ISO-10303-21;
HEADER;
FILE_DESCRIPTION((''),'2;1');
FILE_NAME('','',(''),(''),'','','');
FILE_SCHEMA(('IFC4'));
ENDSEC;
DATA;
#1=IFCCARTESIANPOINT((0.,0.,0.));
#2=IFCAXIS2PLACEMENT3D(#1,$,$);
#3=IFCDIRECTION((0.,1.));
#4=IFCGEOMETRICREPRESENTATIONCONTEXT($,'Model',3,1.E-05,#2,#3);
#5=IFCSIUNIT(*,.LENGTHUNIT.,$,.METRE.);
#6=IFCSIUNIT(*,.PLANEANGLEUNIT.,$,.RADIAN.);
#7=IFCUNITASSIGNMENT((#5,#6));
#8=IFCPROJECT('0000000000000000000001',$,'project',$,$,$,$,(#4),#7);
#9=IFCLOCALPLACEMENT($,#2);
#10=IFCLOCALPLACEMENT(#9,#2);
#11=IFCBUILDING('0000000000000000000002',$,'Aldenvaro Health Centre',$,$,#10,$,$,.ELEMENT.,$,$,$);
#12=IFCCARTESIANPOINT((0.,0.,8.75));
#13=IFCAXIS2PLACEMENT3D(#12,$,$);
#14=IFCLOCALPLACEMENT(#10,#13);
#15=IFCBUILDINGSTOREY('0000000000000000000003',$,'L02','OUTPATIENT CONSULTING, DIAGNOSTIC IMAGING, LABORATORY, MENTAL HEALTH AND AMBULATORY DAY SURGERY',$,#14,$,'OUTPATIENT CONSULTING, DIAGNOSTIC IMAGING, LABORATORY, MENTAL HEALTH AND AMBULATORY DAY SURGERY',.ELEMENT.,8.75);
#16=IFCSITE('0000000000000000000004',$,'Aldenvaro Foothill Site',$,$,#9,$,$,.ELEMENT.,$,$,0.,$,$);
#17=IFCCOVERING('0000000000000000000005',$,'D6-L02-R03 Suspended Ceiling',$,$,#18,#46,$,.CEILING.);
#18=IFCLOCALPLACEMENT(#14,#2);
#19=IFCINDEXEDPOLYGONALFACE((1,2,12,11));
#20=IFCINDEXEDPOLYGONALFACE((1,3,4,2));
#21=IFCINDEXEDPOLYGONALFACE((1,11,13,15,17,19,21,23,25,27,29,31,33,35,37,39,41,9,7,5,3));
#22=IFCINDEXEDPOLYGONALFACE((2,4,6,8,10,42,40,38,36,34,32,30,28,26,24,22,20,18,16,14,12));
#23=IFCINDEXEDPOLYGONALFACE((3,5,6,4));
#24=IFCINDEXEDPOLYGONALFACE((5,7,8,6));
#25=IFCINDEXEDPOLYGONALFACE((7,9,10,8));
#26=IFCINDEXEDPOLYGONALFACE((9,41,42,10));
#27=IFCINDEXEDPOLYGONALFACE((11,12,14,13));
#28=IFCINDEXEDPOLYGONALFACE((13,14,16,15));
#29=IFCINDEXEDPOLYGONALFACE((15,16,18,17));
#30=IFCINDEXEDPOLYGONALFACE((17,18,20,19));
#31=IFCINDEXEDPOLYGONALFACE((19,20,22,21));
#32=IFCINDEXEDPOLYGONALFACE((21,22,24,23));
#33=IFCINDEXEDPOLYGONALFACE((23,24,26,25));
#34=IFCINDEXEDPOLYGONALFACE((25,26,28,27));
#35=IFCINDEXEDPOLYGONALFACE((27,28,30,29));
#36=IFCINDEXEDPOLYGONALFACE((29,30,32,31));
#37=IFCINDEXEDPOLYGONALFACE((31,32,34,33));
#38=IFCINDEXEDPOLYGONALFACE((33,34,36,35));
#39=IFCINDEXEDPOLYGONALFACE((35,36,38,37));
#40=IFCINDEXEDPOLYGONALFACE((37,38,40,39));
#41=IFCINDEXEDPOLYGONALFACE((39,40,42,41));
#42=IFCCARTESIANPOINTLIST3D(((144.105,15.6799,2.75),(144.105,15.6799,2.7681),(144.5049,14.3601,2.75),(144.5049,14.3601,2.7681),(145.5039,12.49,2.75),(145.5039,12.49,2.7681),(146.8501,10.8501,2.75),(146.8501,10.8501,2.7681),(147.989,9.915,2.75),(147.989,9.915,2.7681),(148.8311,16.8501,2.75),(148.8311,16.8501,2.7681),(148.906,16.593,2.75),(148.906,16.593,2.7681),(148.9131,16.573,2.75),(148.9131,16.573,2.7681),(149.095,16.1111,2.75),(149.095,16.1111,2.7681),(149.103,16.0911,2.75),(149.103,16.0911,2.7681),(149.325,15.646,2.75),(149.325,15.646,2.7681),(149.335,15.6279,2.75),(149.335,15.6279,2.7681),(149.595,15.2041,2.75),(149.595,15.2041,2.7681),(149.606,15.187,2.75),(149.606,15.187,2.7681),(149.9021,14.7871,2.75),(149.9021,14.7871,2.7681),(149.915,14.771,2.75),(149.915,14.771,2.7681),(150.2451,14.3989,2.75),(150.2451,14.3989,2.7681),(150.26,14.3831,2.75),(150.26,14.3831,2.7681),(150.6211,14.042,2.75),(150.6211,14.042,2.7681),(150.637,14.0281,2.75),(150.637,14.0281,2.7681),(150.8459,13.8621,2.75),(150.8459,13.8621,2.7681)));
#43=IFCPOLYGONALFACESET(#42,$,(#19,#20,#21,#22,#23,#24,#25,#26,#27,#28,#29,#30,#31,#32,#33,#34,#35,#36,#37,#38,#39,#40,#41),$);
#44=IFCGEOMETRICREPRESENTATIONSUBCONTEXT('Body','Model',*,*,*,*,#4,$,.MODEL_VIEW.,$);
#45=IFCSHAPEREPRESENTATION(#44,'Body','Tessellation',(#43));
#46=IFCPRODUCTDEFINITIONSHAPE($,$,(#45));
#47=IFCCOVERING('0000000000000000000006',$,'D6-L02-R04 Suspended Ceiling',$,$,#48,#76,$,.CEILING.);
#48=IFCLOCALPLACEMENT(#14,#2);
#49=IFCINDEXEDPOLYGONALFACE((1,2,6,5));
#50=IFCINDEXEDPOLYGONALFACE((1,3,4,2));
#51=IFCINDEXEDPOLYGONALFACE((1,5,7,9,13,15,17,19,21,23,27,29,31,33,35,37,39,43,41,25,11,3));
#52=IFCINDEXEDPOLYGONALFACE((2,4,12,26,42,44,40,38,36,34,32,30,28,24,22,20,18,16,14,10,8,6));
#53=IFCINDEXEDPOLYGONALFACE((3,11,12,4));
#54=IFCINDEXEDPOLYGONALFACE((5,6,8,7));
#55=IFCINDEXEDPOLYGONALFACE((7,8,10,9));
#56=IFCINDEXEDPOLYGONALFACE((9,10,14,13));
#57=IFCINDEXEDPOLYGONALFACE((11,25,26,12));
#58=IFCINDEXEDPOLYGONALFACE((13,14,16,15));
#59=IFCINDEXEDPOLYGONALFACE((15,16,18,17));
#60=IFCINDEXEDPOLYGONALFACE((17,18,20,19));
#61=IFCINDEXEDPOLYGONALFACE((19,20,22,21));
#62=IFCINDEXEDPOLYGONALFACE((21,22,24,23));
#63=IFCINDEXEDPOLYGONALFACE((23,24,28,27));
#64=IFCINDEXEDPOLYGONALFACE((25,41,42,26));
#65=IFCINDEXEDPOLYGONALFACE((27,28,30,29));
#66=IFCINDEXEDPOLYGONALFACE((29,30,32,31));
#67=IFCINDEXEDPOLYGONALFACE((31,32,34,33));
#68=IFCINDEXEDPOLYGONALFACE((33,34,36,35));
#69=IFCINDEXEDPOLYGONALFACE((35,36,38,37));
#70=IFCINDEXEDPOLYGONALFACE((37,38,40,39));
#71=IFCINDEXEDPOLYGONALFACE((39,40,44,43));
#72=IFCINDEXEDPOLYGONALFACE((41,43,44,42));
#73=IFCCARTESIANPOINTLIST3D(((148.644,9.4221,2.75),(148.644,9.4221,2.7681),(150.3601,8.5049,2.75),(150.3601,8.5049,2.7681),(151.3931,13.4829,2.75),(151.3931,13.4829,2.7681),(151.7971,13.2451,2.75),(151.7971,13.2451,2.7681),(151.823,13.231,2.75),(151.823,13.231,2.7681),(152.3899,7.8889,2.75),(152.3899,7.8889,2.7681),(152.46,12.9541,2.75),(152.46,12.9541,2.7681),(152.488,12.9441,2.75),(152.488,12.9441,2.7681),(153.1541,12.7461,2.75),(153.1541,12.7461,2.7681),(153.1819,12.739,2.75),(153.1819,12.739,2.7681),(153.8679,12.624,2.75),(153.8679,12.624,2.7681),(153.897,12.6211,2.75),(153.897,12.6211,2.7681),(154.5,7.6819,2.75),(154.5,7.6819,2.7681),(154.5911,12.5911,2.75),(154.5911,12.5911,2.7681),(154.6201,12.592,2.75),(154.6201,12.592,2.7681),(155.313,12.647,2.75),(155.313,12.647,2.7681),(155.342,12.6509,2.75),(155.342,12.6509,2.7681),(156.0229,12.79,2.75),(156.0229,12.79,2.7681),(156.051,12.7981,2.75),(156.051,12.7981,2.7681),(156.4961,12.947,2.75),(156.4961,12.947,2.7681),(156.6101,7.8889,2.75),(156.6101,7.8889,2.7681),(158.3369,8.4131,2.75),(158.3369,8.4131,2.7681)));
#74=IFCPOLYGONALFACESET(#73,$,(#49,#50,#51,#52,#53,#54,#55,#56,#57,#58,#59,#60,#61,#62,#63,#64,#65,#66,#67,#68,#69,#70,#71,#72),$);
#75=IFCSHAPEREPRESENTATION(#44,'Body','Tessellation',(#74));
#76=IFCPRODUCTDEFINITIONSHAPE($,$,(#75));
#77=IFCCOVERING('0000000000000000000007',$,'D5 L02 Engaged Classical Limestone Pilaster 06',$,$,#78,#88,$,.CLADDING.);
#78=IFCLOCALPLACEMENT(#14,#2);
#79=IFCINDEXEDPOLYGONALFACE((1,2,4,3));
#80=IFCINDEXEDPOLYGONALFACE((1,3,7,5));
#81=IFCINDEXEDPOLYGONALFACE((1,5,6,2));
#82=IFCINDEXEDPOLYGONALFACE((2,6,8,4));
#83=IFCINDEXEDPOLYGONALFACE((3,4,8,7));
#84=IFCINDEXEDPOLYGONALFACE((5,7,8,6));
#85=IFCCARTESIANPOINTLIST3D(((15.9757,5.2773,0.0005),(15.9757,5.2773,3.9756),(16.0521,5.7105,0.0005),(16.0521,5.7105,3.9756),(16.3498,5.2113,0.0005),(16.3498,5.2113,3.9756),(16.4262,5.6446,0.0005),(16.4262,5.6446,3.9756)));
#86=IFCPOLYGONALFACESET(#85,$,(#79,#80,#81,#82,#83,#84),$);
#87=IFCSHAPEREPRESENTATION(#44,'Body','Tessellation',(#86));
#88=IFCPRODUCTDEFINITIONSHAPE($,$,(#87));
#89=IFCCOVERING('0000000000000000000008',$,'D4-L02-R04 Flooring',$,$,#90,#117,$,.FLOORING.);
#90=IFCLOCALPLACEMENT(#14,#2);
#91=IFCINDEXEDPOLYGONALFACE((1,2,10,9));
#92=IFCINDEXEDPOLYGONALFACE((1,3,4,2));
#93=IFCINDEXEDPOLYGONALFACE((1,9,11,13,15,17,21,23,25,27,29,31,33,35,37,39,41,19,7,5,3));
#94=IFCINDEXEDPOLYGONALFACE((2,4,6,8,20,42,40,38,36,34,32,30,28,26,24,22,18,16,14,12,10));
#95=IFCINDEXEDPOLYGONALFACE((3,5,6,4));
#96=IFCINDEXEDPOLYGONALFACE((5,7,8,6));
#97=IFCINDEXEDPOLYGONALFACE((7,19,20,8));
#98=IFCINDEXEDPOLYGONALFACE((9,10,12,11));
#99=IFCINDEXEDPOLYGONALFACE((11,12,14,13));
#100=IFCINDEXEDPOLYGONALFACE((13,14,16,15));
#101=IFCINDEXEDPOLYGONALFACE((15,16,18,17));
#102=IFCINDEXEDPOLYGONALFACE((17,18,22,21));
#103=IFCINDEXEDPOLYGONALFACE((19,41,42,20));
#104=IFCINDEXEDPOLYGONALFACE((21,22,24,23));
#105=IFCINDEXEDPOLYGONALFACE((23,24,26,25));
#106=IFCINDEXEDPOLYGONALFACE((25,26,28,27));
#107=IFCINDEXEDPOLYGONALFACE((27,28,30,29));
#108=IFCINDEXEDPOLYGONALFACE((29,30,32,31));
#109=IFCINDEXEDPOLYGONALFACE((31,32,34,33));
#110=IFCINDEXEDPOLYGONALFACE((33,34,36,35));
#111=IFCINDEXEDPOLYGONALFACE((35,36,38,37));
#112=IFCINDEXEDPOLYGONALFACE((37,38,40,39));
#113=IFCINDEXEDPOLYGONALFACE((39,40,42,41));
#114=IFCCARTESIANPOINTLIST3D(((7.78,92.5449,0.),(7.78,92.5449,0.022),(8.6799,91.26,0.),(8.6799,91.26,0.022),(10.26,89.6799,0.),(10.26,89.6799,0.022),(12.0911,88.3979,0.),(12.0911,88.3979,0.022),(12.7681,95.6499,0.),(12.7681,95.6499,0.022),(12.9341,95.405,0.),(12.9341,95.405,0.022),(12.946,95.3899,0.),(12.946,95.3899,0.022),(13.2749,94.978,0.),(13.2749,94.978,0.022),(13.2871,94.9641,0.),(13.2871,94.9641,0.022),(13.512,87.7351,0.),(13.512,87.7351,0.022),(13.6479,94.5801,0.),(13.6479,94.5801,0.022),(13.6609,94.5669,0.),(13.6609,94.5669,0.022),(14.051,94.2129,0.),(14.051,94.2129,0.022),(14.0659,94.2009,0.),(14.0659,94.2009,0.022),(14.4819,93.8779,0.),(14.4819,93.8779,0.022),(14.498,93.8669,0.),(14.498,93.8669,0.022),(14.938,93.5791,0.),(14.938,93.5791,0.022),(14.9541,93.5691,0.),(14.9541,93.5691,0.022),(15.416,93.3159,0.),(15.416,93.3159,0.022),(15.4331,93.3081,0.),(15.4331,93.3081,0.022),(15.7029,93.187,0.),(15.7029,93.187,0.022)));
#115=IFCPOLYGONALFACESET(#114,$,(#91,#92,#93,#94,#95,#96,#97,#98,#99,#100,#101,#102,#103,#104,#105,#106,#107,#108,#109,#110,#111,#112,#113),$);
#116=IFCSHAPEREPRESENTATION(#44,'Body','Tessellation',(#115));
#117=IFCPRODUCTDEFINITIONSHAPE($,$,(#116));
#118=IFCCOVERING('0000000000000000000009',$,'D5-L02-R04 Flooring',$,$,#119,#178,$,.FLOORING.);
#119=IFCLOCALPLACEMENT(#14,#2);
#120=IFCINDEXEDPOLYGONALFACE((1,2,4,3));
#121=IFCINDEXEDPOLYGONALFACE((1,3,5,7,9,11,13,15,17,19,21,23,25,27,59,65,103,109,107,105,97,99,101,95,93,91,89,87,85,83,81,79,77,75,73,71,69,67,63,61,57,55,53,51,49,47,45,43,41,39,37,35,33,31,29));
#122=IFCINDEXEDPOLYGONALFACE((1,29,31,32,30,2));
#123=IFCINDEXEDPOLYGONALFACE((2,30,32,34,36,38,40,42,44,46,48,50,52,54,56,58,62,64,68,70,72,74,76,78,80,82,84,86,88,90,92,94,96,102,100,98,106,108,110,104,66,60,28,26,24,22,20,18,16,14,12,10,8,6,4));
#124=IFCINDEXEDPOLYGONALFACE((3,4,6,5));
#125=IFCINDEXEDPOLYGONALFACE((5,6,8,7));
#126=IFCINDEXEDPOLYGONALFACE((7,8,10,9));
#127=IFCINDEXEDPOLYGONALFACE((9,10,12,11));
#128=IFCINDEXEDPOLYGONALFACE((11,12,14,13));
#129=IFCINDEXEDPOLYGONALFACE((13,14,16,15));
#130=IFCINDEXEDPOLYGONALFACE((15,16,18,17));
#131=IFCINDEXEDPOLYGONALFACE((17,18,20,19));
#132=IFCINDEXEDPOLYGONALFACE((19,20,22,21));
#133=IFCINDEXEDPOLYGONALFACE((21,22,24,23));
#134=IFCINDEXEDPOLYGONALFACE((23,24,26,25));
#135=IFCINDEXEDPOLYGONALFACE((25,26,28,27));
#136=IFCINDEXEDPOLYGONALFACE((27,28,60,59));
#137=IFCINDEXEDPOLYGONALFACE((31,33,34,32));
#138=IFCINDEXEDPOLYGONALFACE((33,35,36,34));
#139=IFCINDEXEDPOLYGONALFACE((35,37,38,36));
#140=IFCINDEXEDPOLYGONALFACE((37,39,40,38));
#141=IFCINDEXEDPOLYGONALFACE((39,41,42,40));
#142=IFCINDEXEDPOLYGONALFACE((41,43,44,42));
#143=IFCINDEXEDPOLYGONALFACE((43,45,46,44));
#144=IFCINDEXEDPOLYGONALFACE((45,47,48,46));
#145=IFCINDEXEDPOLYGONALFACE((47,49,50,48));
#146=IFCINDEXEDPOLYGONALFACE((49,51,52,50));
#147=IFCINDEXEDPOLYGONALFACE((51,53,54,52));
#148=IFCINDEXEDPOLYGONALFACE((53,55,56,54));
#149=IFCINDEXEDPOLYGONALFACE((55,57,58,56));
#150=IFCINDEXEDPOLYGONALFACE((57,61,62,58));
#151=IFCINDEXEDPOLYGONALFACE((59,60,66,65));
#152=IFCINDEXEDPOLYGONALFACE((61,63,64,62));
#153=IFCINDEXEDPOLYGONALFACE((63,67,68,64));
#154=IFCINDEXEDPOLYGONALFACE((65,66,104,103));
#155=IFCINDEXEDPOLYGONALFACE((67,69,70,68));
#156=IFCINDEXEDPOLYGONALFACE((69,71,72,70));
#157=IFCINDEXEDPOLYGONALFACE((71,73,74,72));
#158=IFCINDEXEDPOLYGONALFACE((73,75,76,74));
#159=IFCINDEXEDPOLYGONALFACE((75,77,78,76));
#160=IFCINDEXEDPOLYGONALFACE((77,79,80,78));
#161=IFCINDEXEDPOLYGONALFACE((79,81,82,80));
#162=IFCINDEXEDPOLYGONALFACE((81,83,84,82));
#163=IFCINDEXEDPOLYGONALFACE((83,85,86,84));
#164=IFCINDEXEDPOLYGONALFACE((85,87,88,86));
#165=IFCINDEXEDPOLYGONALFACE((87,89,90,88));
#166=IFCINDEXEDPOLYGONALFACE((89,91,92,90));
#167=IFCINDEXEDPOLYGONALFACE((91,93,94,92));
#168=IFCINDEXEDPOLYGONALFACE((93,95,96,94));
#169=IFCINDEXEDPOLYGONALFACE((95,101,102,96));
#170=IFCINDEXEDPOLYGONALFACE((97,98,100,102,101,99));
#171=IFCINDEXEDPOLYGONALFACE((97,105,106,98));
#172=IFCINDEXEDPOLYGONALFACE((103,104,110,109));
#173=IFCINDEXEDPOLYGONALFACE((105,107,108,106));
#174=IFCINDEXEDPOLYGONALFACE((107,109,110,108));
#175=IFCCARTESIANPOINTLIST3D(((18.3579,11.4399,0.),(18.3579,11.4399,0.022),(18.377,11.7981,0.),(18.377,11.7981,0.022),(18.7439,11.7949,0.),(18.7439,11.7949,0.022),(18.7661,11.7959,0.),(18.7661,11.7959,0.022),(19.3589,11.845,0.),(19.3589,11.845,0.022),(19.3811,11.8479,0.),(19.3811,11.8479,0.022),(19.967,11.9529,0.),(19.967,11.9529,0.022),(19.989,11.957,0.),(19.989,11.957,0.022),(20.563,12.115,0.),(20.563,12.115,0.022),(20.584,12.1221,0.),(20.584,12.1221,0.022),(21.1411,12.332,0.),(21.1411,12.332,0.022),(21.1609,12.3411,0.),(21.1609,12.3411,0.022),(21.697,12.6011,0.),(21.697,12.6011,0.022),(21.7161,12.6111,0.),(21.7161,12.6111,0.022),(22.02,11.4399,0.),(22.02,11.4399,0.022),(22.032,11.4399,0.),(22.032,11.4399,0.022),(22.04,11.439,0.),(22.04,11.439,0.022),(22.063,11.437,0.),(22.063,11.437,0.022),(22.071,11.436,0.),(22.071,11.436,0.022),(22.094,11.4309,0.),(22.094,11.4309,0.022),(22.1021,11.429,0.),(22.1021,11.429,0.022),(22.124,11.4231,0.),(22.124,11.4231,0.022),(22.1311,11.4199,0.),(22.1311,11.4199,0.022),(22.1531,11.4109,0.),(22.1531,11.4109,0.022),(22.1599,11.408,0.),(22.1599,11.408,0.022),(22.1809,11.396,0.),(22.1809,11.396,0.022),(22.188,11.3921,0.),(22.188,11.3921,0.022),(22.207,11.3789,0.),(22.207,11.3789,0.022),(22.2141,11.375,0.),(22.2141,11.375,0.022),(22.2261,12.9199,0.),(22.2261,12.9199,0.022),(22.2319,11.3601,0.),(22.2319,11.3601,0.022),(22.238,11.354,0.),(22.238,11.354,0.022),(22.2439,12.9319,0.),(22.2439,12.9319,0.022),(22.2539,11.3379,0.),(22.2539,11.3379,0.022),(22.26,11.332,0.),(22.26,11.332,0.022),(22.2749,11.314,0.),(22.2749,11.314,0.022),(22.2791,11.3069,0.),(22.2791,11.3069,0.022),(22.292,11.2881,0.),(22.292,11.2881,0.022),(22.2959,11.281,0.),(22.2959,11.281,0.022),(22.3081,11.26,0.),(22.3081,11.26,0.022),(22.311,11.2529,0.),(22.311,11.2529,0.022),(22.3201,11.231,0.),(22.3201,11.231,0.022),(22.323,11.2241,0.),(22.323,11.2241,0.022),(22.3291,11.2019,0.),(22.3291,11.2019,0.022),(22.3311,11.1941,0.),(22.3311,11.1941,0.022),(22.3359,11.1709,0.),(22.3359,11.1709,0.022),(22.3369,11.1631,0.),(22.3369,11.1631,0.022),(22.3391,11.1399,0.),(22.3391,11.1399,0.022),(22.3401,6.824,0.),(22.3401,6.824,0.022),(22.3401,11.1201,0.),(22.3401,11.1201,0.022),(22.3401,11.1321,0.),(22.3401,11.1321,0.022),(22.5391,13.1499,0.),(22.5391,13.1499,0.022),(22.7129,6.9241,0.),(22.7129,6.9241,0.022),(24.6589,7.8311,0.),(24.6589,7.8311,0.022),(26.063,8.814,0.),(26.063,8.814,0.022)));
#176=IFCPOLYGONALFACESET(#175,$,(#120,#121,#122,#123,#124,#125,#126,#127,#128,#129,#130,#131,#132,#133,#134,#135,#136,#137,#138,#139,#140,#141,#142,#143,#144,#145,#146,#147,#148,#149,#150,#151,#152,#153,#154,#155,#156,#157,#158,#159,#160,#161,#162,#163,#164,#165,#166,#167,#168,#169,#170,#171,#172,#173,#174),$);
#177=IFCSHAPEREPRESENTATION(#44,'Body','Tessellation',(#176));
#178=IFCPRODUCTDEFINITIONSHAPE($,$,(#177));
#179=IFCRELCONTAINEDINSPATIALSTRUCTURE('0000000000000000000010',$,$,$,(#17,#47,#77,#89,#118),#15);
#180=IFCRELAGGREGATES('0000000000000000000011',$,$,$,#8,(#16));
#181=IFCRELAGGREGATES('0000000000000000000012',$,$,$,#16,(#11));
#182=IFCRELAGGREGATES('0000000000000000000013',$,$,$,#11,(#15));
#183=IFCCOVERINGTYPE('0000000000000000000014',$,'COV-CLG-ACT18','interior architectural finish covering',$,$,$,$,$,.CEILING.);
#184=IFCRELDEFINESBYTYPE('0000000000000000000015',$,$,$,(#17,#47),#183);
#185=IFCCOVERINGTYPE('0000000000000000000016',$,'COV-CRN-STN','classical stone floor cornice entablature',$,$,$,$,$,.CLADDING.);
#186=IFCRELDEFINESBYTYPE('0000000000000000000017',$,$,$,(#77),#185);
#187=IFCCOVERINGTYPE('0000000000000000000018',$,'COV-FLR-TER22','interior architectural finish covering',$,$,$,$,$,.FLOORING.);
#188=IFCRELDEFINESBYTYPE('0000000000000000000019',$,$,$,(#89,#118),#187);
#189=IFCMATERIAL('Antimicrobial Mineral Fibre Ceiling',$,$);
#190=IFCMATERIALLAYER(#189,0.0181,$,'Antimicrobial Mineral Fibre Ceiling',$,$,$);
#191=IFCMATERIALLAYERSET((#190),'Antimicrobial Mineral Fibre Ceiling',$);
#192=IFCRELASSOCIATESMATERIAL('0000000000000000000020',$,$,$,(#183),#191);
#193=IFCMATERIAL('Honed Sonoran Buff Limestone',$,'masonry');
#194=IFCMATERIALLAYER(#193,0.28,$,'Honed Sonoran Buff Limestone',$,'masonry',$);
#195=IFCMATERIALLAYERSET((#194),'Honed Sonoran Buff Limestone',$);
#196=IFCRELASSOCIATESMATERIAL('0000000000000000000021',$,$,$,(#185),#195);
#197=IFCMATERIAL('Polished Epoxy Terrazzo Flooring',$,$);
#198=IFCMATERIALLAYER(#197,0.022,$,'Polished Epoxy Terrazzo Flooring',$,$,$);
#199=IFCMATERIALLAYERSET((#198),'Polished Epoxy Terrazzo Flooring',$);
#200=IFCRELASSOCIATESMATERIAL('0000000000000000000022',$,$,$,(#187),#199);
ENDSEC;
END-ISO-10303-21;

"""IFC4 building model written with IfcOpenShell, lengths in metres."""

from ifc_helpers import new_model, si_unit, direction, frame, origin, origin_2d, place, context, subcontext, project, spatial, polyline, rectangle, outline, extrude, material, layer, layer_set, type_object, element, save


model = new_model("IFC4")

# Units and contexts
model_context = context("Model", 3, precision=1e-05, world=origin(), true_north=direction((0.0, 1.0)))
body_context = subcontext(model_context, "Body", "Model", "MODEL_VIEW")
ifc_project = project(units=[si_unit("LENGTHUNIT", "METRE"), si_unit("PLANEANGLEUNIT", "RADIAN")], contexts=[model_context])

# Site, building, storey
site_placement = place(None, origin())
site = spatial("IfcSite", under=ifc_project, at=site_placement, Name="Aldenvaro Foothill Site", CompositionType="ELEMENT", RefElevation=0.0)
building_placement = place(site_placement, origin())
building = spatial("IfcBuilding", under=site, at=building_placement, Name="Aldenvaro Health Centre", CompositionType="ELEMENT")
storey_placement = place(building_placement, frame((0.0, 0.0, 8.75)))
storey = spatial("IfcBuildingStorey", under=building, at=storey_placement, Name="L02", Description="OUTPATIENT CONSULTING, DIAGNOSTIC IMAGING, LABORATORY, MENTAL HEALTH AND AMBULATORY DAY SURGERY", LongName="OUTPATIENT CONSULTING, DIAGNOSTIC IMAGING, LABORATORY, MENTAL HEALTH AND AMBULATORY DAY SURGERY", CompositionType="ELEMENT", Elevation=8.75)

# Coverings
ifc_material_1 = material(Name="Antimicrobial Mineral Fibre Ceiling")
ifc_layer_1 = layer(ifc_material_1, 0.0181, Name="Antimicrobial Mineral Fibre Ceiling")
ifc_layer_set_1 = layer_set([ifc_layer_1], Name="Antimicrobial Mineral Fibre Ceiling")
covering_type_1 = type_object("IfcCoveringType", Name="COV-CLG-ACT18", Description="interior architectural finish covering", PredefinedType="CEILING", material=ifc_layer_set_1)
covering_1_placement = place(storey_placement, frame((0.0, 0.0, 2.75)))
element("IfcCovering", 1, at=covering_1_placement, inside=storey, type_object=covering_type_1, Name="D6-L02-R03 Suspended Ceiling", PredefinedType="CEILING", context=body_context, shape_type="SweptSolid", body=[
    extrude(outline(polyline([(148.906, 16.593), (148.9131, 16.573), (149.095, 16.1111), (149.103, 16.0911), (149.325, 15.646), (149.335, 15.6279), (149.595, 15.2041), (149.606, 15.187), (149.9021, 14.7871), (149.915, 14.771), (150.2451, 14.3989), (150.26, 14.3831), (150.6211, 14.042), (150.637, 14.0281), (150.8459, 13.8621), (147.989, 9.915), (146.8501, 10.8501), (145.5039, 12.49), (144.5049, 14.3601), (144.105, 15.6799), (148.8311, 16.8501), (148.906, 16.593)])), origin(), (0.0, 0.0, 1.0), 0.0181),
])
covering_2_placement = place(storey_placement, frame((0.0, 0.0, 2.75)))
element("IfcCovering", 2, at=covering_2_placement, inside=storey, type_object=covering_type_1, Name="D6-L02-R04 Suspended Ceiling", PredefinedType="CEILING", context=body_context, shape_type="SweptSolid", body=[
    extrude(outline(polyline([(148.644, 9.4221), (151.3931, 13.4829), (151.7971, 13.2451), (151.823, 13.231), (152.46, 12.9541), (152.488, 12.9441), (153.1541, 12.7461), (153.1819, 12.739), (153.8679, 12.624), (153.897, 12.6211), (154.5911, 12.5911), (154.6201, 12.592), (155.313, 12.647), (155.342, 12.6509), (156.0229, 12.79), (156.051, 12.7981), (156.4961, 12.947), (158.3369, 8.4131), (156.6101, 7.8889), (154.5, 7.6819), (152.3899, 7.8889), (150.3601, 8.5049), (148.644, 9.4221)])), origin(), (0.0, 0.0, 1.0), 0.0181),
])
ifc_material_2 = material(Name="Honed Sonoran Buff Limestone", Category="masonry")
ifc_layer_2 = layer(ifc_material_2, 0.28, Name="Honed Sonoran Buff Limestone", Category="masonry")
ifc_layer_set_2 = layer_set([ifc_layer_2], Name="Honed Sonoran Buff Limestone")
covering_type_2 = type_object("IfcCoveringType", Name="COV-CRN-STN", Description="classical stone floor cornice entablature", PredefinedType="CLADDING", material=ifc_layer_set_2)
covering_3_placement = place(storey_placement, frame((16.2009, 5.4609, 0.0005), z_axis=(0.0, 0.0, 1.0), x_axis=(-0.173644, -0.984809, 0.0)))
element("IfcCovering", 3, at=covering_3_placement, inside=storey, type_object=covering_type_2, Name="D5 L02 Engaged Classical Limestone Pilaster 06", PredefinedType="CLADDING", context=body_context, shape_type="SweptSolid", body=[
    extrude(rectangle(XDim=0.4399, YDim=0.3799, at=origin_2d()), origin(), (0.0, 0.0, 1.0), 3.9751),
])
ifc_material_3 = material(Name="Polished Epoxy Terrazzo Flooring")
ifc_layer_3 = layer(ifc_material_3, 0.022, Name="Polished Epoxy Terrazzo Flooring")
ifc_layer_set_3 = layer_set([ifc_layer_3], Name="Polished Epoxy Terrazzo Flooring")
covering_type_3 = type_object("IfcCoveringType", Name="COV-FLR-TER22", Description="interior architectural finish covering", PredefinedType="FLOORING", material=ifc_layer_set_3)
covering_4_placement = place(storey_placement, origin())
element("IfcCovering", 4, at=covering_4_placement, inside=storey, type_object=covering_type_3, Name="D4-L02-R04 Flooring", PredefinedType="FLOORING", context=body_context, shape_type="SweptSolid", body=[
    extrude(outline(polyline([(12.9341, 95.405), (12.946, 95.3899), (13.2749, 94.978), (13.2871, 94.9641), (13.6479, 94.5801), (13.6609, 94.5669), (14.051, 94.2129), (14.0659, 94.2009), (14.4819, 93.8779), (14.498, 93.8669), (14.938, 93.5791), (14.9541, 93.5691), (15.416, 93.3159), (15.4331, 93.3081), (15.7029, 93.187), (13.512, 87.7351), (12.0911, 88.3979), (10.26, 89.6799), (8.6799, 91.26), (7.78, 92.5449), (12.7681, 95.6499), (12.9341, 95.405)])), origin(), (0.0, 0.0, 1.0), 0.022),
])
covering_5_placement = place(storey_placement, origin())
element("IfcCovering", 5, at=covering_5_placement, inside=storey, type_object=covering_type_3, Name="D5-L02-R04 Flooring", PredefinedType="FLOORING", context=body_context, shape_type="SweptSolid", body=[
    extrude(outline(polyline([(18.7439, 11.7949), (18.7661, 11.7959), (19.3589, 11.845), (19.3811, 11.8479), (19.967, 11.9529), (19.989, 11.957), (20.563, 12.115), (20.584, 12.1221), (21.1411, 12.332), (21.1609, 12.3411), (21.697, 12.6011), (21.7161, 12.6111), (22.2261, 12.9199), (22.2439, 12.9319), (22.5391, 13.1499), (26.063, 8.814), (24.6589, 7.8311), (22.7129, 6.9241), (22.3401, 6.824), (22.3401, 11.1201), (22.3401, 11.1321), (22.3391, 11.1399), (22.3369, 11.1631), (22.3359, 11.1709), (22.3311, 11.1941), (22.3291, 11.2019), (22.323, 11.2241), (22.3201, 11.231), (22.311, 11.2529), (22.3081, 11.26), (22.2959, 11.281), (22.292, 11.2881), (22.2791, 11.3069), (22.2749, 11.314), (22.26, 11.332), (22.2539, 11.3379), (22.238, 11.354), (22.2319, 11.3601), (22.2141, 11.375), (22.207, 11.3789), (22.188, 11.3921), (22.1809, 11.396), (22.1599, 11.408), (22.1531, 11.4109), (22.1311, 11.4199), (22.124, 11.4231), (22.1021, 11.429), (22.094, 11.4309), (22.071, 11.436), (22.063, 11.437), (22.04, 11.439), (22.032, 11.4399), (22.02, 11.4399), (18.3579, 11.4399), (18.377, 11.7981), (18.7439, 11.7949)])), origin(), (0.0, 0.0, 1.0), 0.022),
])

save(model, "model.ifc")
